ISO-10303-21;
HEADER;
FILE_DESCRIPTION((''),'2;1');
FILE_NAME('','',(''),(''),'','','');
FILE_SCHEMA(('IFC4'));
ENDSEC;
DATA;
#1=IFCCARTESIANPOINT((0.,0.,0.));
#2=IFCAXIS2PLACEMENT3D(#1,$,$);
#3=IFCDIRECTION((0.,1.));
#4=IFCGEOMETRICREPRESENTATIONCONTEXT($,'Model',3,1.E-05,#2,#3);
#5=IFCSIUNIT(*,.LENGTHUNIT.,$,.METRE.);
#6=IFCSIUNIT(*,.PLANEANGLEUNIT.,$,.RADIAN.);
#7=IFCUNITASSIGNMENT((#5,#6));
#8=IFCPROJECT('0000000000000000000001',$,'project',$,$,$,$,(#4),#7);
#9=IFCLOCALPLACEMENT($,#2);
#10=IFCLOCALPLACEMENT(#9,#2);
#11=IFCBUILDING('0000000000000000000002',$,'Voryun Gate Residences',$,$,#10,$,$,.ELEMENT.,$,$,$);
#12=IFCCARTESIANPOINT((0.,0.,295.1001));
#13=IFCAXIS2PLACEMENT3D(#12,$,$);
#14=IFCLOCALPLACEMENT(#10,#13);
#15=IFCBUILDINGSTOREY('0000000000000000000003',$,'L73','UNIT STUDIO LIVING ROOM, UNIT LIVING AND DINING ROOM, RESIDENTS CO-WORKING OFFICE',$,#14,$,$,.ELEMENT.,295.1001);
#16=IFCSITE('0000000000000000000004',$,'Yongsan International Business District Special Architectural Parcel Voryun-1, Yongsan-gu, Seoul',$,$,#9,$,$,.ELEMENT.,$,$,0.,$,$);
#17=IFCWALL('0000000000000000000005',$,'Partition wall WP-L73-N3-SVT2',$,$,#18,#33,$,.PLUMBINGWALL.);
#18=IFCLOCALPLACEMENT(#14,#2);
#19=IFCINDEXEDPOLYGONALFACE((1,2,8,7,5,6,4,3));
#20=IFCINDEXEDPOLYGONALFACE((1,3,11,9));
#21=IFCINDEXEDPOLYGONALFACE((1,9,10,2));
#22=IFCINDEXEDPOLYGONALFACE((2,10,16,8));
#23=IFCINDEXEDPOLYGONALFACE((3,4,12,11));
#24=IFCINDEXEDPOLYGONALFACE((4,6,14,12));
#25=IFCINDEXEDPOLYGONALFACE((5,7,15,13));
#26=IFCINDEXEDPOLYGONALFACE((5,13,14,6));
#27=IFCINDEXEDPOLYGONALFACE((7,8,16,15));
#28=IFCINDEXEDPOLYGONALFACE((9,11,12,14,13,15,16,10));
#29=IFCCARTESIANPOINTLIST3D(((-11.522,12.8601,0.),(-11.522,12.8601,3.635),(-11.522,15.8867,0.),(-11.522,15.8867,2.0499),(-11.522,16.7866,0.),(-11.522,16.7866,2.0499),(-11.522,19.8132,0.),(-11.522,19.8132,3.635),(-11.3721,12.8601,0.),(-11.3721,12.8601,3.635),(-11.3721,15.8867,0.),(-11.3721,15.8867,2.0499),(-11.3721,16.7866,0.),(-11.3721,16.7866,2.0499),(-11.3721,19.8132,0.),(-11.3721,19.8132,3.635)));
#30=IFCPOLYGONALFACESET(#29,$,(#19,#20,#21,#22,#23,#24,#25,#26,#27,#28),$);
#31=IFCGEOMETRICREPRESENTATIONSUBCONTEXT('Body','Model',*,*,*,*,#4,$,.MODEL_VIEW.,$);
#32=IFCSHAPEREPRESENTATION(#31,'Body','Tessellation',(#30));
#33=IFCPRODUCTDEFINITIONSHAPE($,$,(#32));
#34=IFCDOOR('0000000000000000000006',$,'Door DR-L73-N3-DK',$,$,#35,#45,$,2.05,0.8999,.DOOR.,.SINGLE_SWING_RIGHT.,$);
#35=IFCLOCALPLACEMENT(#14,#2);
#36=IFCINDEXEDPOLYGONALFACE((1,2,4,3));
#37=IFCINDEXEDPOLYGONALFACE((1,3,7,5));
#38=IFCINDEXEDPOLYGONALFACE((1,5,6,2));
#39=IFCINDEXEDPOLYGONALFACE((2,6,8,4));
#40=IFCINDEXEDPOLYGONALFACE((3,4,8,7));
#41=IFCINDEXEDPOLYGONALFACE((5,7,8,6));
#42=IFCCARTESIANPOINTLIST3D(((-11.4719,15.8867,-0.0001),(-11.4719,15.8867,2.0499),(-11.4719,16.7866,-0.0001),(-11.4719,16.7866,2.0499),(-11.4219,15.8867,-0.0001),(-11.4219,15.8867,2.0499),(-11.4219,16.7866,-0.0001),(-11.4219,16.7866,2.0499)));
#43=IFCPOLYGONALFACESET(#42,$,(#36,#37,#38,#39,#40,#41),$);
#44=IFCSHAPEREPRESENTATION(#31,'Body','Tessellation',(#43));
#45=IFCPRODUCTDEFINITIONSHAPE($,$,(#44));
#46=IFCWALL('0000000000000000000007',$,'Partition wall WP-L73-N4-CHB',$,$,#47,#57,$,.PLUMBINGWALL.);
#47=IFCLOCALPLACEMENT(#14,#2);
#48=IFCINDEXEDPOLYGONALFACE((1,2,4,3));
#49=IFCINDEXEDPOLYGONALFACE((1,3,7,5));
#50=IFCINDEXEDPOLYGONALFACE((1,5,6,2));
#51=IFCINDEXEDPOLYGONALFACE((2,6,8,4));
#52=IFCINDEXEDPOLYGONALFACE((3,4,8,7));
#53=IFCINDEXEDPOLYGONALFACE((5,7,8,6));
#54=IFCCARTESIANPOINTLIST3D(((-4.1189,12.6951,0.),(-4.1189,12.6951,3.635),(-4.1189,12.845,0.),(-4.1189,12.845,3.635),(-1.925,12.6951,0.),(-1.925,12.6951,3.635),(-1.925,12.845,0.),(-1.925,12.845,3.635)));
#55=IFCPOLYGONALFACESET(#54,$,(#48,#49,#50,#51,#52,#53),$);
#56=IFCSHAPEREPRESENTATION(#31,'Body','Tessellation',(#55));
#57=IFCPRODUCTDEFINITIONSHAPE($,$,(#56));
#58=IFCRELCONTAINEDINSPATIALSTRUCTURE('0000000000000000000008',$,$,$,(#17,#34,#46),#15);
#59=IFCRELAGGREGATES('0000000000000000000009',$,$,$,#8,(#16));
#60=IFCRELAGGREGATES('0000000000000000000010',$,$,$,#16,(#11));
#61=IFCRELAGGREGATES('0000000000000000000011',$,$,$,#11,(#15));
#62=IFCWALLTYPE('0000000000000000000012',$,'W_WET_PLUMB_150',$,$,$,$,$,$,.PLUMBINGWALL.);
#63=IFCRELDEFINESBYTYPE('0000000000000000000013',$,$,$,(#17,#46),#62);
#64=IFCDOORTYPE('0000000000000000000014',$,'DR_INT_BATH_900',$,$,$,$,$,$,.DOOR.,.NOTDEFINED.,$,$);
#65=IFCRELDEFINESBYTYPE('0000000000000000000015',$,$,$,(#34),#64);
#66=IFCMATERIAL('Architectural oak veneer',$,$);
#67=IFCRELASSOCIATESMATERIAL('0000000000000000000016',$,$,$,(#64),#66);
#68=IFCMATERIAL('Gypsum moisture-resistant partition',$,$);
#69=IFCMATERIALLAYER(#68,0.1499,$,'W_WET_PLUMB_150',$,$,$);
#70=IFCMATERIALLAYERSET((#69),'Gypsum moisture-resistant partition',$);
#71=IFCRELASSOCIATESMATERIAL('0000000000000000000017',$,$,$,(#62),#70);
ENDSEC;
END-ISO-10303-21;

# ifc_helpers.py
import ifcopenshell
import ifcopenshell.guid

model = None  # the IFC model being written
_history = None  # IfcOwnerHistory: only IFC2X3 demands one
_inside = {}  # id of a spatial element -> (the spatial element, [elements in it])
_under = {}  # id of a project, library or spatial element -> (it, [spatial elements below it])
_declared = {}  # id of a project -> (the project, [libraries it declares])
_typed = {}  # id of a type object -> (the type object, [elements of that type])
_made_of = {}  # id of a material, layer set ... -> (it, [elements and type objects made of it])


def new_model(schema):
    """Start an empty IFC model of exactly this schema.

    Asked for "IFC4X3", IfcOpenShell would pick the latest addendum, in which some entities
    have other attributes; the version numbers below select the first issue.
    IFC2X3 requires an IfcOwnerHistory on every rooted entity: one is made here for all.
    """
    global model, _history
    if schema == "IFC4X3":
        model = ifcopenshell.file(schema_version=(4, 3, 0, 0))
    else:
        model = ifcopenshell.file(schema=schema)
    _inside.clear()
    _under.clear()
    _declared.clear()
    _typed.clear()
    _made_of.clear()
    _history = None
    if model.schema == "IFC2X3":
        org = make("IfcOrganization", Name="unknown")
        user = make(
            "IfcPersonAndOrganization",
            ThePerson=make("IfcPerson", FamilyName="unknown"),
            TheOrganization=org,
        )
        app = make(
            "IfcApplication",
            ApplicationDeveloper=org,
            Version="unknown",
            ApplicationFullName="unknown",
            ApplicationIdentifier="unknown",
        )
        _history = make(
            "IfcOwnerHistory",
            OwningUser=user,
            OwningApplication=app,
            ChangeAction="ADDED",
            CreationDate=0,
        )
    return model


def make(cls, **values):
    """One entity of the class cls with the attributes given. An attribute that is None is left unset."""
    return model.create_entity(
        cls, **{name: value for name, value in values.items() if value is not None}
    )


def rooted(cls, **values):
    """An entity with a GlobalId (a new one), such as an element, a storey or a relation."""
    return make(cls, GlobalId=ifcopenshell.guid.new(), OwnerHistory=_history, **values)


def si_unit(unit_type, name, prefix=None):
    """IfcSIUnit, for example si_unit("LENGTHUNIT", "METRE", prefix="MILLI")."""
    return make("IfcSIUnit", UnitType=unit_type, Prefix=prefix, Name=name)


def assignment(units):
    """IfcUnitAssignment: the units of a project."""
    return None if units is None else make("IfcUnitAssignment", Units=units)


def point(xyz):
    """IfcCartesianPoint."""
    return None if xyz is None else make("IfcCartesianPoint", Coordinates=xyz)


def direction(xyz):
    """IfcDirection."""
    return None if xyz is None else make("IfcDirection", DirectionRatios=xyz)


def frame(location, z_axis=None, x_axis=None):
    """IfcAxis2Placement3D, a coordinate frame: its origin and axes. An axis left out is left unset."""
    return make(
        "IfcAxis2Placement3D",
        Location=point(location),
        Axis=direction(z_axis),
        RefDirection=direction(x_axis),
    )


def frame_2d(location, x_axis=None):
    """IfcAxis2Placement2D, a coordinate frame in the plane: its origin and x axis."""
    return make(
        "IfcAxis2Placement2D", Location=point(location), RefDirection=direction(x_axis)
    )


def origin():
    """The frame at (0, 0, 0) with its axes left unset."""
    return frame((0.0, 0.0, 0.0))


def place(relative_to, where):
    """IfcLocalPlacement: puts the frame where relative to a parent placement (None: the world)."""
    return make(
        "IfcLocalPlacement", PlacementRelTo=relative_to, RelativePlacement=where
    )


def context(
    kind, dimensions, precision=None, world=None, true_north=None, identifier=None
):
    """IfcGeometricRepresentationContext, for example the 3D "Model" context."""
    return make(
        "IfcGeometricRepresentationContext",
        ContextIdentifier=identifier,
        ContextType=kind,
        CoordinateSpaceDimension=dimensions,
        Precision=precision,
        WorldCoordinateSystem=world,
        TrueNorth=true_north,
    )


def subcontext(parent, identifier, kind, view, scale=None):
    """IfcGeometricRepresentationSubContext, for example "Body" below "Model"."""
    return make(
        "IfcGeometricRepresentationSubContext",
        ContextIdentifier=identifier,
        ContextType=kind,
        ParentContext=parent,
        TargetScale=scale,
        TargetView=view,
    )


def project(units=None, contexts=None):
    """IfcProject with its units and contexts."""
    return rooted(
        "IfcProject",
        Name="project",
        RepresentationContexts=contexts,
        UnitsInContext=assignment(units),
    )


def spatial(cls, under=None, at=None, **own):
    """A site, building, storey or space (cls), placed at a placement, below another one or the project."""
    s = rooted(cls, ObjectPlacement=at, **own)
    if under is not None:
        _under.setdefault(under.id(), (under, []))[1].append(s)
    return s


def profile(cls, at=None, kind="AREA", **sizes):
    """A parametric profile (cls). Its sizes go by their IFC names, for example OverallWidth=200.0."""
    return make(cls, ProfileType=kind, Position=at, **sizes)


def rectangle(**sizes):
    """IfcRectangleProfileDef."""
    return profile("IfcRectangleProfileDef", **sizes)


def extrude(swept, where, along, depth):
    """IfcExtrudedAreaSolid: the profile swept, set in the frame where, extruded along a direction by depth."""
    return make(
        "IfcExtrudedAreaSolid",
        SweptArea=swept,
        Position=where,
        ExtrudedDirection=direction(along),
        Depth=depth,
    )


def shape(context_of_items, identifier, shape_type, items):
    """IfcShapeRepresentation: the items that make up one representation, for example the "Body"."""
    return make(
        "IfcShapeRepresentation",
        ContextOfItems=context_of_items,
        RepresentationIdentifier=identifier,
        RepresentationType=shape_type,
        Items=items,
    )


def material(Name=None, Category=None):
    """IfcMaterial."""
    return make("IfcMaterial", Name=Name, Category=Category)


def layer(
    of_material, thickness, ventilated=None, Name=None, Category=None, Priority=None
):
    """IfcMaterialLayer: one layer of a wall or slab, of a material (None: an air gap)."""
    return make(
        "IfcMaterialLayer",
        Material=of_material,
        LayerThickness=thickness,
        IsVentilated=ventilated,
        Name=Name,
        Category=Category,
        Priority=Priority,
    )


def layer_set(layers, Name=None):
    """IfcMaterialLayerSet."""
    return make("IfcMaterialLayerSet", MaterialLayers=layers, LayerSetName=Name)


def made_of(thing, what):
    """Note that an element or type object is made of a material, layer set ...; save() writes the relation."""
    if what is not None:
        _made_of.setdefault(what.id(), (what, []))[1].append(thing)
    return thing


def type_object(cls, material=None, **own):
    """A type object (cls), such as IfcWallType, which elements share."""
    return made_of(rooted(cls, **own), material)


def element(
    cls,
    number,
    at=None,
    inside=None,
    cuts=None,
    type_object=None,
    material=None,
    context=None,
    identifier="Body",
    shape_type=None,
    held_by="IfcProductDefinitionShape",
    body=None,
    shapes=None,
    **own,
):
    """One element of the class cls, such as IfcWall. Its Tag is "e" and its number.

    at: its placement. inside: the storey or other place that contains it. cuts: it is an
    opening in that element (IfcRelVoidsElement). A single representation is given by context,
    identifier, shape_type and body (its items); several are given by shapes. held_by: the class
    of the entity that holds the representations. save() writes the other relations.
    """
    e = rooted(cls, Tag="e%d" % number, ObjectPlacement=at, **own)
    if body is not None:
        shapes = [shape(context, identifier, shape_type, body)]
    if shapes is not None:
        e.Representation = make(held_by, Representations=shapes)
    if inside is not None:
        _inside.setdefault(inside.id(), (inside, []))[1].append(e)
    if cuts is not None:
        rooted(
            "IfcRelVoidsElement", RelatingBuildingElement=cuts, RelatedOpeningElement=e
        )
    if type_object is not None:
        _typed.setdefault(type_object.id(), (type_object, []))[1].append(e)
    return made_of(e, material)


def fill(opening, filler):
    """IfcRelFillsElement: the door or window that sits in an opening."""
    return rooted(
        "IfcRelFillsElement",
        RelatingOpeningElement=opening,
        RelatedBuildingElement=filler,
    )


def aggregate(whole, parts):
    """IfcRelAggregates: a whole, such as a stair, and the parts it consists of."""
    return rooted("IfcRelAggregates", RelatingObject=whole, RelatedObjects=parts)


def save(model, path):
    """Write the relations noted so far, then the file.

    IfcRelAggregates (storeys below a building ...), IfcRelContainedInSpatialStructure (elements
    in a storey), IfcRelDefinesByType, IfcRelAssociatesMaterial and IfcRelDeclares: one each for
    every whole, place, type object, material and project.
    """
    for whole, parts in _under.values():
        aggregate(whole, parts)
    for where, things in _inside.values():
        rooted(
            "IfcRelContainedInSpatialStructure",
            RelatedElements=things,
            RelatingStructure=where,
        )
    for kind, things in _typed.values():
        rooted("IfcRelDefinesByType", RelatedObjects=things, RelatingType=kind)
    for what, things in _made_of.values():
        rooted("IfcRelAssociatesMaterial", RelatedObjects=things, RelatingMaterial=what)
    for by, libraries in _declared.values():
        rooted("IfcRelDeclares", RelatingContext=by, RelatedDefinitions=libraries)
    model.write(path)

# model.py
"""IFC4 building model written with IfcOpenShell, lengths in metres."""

from ifc_helpers import new_model, si_unit, direction, frame, frame_2d, origin, place, context, subcontext, project, spatial, rectangle, extrude, material, layer, layer_set, type_object, element, fill, save


model = new_model("IFC4")

# Units and contexts
model_context = context("Model", 3, precision=1e-05, world=origin(), true_north=direction((0.0, 1.0)))
body_context = subcontext(model_context, "Body", "Model", "MODEL_VIEW")
ifc_project = project(units=[si_unit("LENGTHUNIT", "METRE"), si_unit("PLANEANGLEUNIT", "RADIAN")], contexts=[model_context])

# Site, building, storey
site_placement = place(None, origin())
site = spatial("IfcSite", under=ifc_project, at=site_placement, Name="Yongsan International Business District Special Architectural Parcel Voryun-1, Yongsan-gu, Seoul", CompositionType="ELEMENT", RefElevation=0.0)
building_placement = place(site_placement, origin())
building = spatial("IfcBuilding", under=site, at=building_placement, Name="Voryun Gate Residences", CompositionType="ELEMENT")
storey_placement = place(building_placement, frame((0.0, 0.0, 295.1001)))
storey = spatial("IfcBuildingStorey", under=building, at=storey_placement, Name="L73", Description="UNIT STUDIO LIVING ROOM, UNIT LIVING AND DINING ROOM, RESIDENTS CO-WORKING OFFICE", CompositionType="ELEMENT", Elevation=295.1001)

# Shared definitions
ifc_material_1 = material(Name="Architectural oak veneer")
door_type_1 = type_object("IfcDoorType", Name="DR_INT_BATH_900", OperationType="NOTDEFINED", PredefinedType="DOOR", material=ifc_material_1)

# Shared definitions
ifc_material_2 = material(Name="Gypsum moisture-resistant partition")
ifc_layer_1 = layer(ifc_material_2, 0.1499, Name="W_WET_PLUMB_150")
ifc_layer_set_1 = layer_set([ifc_layer_1], Name="Gypsum moisture-resistant partition")
wall_type_1 = type_object("IfcWallType", Name="W_WET_PLUMB_150", PredefinedType="PLUMBINGWALL", material=ifc_layer_set_1)

# Wall, opening, door
wall_1_placement = place(storey_placement, frame((-11.447, 12.8601, 0.0), z_axis=(0.0, 0.0, 1.0), x_axis=(0.0, 1.0, 0.0)))
wall_1 = element("IfcWall", 1, at=wall_1_placement, inside=storey, type_object=wall_type_1, Name="Partition wall WP-L73-N3-SVT2", PredefinedType="PLUMBINGWALL", context=body_context, shape_type="SweptSolid", body=[
    extrude(rectangle(XDim=6.9531, YDim=0.1499, at=frame_2d((3.4766, 0.0))), origin(), (0.0, 0.0, 1.0), 3.635),
])
opening_1_placement = place(wall_1_placement, frame((3.0266, 0.0, 0.0)))
opening_1 = element("IfcOpeningElement", 2, at=opening_1_placement, cuts=wall_1, PredefinedType="OPENING", context=body_context, shape_type="SweptSolid", body=[
    extrude(rectangle(XDim=0.8999, YDim=2.05, at=frame_2d((0.45, 1.0249))), frame((0.0, 0.085, 0.0), z_axis=(0.0, -1.0, 0.0), x_axis=(1.0, 0.0, 0.0)), (0.0, 0.0, 1.0), 0.1699),
])
door_1_placement = place(opening_1_placement, origin())
door_1 = element("IfcDoor", 3, at=door_1_placement, inside=storey, type_object=door_type_1, Name="Door DR-L73-N3-DK", OperationType="SINGLE_SWING_RIGHT", OverallHeight=2.05, OverallWidth=0.8999, PredefinedType="DOOR", context=body_context, shape_type="SweptSolid", body=[
    extrude(rectangle(XDim=0.8999, YDim=2.05, at=frame_2d((0.45, 1.0249))), frame((0.0, 0.0249, 0.0), z_axis=(0.0, -1.0, 0.0), x_axis=(1.0, 0.0, 0.0)), (0.0, 0.0, 1.0), 0.05),
])
fill(opening_1, door_1)

# Wall
wall_2_placement = place(storey_placement, frame((-4.1189, 12.77, 0.0), z_axis=(0.0, 0.0, 1.0), x_axis=(1.0, 0.0, 0.0)))
element("IfcWall", 4, at=wall_2_placement, inside=storey, type_object=wall_type_1, Name="Partition wall WP-L73-N4-CHB", PredefinedType="PLUMBINGWALL", context=body_context, shape_type="SweptSolid", body=[
    extrude(rectangle(XDim=2.1938, YDim=0.1499, at=frame_2d((1.0969, 0.0))), origin(), (0.0, 0.0, 1.0), 3.635),
])

save(model, "model.ifc")
